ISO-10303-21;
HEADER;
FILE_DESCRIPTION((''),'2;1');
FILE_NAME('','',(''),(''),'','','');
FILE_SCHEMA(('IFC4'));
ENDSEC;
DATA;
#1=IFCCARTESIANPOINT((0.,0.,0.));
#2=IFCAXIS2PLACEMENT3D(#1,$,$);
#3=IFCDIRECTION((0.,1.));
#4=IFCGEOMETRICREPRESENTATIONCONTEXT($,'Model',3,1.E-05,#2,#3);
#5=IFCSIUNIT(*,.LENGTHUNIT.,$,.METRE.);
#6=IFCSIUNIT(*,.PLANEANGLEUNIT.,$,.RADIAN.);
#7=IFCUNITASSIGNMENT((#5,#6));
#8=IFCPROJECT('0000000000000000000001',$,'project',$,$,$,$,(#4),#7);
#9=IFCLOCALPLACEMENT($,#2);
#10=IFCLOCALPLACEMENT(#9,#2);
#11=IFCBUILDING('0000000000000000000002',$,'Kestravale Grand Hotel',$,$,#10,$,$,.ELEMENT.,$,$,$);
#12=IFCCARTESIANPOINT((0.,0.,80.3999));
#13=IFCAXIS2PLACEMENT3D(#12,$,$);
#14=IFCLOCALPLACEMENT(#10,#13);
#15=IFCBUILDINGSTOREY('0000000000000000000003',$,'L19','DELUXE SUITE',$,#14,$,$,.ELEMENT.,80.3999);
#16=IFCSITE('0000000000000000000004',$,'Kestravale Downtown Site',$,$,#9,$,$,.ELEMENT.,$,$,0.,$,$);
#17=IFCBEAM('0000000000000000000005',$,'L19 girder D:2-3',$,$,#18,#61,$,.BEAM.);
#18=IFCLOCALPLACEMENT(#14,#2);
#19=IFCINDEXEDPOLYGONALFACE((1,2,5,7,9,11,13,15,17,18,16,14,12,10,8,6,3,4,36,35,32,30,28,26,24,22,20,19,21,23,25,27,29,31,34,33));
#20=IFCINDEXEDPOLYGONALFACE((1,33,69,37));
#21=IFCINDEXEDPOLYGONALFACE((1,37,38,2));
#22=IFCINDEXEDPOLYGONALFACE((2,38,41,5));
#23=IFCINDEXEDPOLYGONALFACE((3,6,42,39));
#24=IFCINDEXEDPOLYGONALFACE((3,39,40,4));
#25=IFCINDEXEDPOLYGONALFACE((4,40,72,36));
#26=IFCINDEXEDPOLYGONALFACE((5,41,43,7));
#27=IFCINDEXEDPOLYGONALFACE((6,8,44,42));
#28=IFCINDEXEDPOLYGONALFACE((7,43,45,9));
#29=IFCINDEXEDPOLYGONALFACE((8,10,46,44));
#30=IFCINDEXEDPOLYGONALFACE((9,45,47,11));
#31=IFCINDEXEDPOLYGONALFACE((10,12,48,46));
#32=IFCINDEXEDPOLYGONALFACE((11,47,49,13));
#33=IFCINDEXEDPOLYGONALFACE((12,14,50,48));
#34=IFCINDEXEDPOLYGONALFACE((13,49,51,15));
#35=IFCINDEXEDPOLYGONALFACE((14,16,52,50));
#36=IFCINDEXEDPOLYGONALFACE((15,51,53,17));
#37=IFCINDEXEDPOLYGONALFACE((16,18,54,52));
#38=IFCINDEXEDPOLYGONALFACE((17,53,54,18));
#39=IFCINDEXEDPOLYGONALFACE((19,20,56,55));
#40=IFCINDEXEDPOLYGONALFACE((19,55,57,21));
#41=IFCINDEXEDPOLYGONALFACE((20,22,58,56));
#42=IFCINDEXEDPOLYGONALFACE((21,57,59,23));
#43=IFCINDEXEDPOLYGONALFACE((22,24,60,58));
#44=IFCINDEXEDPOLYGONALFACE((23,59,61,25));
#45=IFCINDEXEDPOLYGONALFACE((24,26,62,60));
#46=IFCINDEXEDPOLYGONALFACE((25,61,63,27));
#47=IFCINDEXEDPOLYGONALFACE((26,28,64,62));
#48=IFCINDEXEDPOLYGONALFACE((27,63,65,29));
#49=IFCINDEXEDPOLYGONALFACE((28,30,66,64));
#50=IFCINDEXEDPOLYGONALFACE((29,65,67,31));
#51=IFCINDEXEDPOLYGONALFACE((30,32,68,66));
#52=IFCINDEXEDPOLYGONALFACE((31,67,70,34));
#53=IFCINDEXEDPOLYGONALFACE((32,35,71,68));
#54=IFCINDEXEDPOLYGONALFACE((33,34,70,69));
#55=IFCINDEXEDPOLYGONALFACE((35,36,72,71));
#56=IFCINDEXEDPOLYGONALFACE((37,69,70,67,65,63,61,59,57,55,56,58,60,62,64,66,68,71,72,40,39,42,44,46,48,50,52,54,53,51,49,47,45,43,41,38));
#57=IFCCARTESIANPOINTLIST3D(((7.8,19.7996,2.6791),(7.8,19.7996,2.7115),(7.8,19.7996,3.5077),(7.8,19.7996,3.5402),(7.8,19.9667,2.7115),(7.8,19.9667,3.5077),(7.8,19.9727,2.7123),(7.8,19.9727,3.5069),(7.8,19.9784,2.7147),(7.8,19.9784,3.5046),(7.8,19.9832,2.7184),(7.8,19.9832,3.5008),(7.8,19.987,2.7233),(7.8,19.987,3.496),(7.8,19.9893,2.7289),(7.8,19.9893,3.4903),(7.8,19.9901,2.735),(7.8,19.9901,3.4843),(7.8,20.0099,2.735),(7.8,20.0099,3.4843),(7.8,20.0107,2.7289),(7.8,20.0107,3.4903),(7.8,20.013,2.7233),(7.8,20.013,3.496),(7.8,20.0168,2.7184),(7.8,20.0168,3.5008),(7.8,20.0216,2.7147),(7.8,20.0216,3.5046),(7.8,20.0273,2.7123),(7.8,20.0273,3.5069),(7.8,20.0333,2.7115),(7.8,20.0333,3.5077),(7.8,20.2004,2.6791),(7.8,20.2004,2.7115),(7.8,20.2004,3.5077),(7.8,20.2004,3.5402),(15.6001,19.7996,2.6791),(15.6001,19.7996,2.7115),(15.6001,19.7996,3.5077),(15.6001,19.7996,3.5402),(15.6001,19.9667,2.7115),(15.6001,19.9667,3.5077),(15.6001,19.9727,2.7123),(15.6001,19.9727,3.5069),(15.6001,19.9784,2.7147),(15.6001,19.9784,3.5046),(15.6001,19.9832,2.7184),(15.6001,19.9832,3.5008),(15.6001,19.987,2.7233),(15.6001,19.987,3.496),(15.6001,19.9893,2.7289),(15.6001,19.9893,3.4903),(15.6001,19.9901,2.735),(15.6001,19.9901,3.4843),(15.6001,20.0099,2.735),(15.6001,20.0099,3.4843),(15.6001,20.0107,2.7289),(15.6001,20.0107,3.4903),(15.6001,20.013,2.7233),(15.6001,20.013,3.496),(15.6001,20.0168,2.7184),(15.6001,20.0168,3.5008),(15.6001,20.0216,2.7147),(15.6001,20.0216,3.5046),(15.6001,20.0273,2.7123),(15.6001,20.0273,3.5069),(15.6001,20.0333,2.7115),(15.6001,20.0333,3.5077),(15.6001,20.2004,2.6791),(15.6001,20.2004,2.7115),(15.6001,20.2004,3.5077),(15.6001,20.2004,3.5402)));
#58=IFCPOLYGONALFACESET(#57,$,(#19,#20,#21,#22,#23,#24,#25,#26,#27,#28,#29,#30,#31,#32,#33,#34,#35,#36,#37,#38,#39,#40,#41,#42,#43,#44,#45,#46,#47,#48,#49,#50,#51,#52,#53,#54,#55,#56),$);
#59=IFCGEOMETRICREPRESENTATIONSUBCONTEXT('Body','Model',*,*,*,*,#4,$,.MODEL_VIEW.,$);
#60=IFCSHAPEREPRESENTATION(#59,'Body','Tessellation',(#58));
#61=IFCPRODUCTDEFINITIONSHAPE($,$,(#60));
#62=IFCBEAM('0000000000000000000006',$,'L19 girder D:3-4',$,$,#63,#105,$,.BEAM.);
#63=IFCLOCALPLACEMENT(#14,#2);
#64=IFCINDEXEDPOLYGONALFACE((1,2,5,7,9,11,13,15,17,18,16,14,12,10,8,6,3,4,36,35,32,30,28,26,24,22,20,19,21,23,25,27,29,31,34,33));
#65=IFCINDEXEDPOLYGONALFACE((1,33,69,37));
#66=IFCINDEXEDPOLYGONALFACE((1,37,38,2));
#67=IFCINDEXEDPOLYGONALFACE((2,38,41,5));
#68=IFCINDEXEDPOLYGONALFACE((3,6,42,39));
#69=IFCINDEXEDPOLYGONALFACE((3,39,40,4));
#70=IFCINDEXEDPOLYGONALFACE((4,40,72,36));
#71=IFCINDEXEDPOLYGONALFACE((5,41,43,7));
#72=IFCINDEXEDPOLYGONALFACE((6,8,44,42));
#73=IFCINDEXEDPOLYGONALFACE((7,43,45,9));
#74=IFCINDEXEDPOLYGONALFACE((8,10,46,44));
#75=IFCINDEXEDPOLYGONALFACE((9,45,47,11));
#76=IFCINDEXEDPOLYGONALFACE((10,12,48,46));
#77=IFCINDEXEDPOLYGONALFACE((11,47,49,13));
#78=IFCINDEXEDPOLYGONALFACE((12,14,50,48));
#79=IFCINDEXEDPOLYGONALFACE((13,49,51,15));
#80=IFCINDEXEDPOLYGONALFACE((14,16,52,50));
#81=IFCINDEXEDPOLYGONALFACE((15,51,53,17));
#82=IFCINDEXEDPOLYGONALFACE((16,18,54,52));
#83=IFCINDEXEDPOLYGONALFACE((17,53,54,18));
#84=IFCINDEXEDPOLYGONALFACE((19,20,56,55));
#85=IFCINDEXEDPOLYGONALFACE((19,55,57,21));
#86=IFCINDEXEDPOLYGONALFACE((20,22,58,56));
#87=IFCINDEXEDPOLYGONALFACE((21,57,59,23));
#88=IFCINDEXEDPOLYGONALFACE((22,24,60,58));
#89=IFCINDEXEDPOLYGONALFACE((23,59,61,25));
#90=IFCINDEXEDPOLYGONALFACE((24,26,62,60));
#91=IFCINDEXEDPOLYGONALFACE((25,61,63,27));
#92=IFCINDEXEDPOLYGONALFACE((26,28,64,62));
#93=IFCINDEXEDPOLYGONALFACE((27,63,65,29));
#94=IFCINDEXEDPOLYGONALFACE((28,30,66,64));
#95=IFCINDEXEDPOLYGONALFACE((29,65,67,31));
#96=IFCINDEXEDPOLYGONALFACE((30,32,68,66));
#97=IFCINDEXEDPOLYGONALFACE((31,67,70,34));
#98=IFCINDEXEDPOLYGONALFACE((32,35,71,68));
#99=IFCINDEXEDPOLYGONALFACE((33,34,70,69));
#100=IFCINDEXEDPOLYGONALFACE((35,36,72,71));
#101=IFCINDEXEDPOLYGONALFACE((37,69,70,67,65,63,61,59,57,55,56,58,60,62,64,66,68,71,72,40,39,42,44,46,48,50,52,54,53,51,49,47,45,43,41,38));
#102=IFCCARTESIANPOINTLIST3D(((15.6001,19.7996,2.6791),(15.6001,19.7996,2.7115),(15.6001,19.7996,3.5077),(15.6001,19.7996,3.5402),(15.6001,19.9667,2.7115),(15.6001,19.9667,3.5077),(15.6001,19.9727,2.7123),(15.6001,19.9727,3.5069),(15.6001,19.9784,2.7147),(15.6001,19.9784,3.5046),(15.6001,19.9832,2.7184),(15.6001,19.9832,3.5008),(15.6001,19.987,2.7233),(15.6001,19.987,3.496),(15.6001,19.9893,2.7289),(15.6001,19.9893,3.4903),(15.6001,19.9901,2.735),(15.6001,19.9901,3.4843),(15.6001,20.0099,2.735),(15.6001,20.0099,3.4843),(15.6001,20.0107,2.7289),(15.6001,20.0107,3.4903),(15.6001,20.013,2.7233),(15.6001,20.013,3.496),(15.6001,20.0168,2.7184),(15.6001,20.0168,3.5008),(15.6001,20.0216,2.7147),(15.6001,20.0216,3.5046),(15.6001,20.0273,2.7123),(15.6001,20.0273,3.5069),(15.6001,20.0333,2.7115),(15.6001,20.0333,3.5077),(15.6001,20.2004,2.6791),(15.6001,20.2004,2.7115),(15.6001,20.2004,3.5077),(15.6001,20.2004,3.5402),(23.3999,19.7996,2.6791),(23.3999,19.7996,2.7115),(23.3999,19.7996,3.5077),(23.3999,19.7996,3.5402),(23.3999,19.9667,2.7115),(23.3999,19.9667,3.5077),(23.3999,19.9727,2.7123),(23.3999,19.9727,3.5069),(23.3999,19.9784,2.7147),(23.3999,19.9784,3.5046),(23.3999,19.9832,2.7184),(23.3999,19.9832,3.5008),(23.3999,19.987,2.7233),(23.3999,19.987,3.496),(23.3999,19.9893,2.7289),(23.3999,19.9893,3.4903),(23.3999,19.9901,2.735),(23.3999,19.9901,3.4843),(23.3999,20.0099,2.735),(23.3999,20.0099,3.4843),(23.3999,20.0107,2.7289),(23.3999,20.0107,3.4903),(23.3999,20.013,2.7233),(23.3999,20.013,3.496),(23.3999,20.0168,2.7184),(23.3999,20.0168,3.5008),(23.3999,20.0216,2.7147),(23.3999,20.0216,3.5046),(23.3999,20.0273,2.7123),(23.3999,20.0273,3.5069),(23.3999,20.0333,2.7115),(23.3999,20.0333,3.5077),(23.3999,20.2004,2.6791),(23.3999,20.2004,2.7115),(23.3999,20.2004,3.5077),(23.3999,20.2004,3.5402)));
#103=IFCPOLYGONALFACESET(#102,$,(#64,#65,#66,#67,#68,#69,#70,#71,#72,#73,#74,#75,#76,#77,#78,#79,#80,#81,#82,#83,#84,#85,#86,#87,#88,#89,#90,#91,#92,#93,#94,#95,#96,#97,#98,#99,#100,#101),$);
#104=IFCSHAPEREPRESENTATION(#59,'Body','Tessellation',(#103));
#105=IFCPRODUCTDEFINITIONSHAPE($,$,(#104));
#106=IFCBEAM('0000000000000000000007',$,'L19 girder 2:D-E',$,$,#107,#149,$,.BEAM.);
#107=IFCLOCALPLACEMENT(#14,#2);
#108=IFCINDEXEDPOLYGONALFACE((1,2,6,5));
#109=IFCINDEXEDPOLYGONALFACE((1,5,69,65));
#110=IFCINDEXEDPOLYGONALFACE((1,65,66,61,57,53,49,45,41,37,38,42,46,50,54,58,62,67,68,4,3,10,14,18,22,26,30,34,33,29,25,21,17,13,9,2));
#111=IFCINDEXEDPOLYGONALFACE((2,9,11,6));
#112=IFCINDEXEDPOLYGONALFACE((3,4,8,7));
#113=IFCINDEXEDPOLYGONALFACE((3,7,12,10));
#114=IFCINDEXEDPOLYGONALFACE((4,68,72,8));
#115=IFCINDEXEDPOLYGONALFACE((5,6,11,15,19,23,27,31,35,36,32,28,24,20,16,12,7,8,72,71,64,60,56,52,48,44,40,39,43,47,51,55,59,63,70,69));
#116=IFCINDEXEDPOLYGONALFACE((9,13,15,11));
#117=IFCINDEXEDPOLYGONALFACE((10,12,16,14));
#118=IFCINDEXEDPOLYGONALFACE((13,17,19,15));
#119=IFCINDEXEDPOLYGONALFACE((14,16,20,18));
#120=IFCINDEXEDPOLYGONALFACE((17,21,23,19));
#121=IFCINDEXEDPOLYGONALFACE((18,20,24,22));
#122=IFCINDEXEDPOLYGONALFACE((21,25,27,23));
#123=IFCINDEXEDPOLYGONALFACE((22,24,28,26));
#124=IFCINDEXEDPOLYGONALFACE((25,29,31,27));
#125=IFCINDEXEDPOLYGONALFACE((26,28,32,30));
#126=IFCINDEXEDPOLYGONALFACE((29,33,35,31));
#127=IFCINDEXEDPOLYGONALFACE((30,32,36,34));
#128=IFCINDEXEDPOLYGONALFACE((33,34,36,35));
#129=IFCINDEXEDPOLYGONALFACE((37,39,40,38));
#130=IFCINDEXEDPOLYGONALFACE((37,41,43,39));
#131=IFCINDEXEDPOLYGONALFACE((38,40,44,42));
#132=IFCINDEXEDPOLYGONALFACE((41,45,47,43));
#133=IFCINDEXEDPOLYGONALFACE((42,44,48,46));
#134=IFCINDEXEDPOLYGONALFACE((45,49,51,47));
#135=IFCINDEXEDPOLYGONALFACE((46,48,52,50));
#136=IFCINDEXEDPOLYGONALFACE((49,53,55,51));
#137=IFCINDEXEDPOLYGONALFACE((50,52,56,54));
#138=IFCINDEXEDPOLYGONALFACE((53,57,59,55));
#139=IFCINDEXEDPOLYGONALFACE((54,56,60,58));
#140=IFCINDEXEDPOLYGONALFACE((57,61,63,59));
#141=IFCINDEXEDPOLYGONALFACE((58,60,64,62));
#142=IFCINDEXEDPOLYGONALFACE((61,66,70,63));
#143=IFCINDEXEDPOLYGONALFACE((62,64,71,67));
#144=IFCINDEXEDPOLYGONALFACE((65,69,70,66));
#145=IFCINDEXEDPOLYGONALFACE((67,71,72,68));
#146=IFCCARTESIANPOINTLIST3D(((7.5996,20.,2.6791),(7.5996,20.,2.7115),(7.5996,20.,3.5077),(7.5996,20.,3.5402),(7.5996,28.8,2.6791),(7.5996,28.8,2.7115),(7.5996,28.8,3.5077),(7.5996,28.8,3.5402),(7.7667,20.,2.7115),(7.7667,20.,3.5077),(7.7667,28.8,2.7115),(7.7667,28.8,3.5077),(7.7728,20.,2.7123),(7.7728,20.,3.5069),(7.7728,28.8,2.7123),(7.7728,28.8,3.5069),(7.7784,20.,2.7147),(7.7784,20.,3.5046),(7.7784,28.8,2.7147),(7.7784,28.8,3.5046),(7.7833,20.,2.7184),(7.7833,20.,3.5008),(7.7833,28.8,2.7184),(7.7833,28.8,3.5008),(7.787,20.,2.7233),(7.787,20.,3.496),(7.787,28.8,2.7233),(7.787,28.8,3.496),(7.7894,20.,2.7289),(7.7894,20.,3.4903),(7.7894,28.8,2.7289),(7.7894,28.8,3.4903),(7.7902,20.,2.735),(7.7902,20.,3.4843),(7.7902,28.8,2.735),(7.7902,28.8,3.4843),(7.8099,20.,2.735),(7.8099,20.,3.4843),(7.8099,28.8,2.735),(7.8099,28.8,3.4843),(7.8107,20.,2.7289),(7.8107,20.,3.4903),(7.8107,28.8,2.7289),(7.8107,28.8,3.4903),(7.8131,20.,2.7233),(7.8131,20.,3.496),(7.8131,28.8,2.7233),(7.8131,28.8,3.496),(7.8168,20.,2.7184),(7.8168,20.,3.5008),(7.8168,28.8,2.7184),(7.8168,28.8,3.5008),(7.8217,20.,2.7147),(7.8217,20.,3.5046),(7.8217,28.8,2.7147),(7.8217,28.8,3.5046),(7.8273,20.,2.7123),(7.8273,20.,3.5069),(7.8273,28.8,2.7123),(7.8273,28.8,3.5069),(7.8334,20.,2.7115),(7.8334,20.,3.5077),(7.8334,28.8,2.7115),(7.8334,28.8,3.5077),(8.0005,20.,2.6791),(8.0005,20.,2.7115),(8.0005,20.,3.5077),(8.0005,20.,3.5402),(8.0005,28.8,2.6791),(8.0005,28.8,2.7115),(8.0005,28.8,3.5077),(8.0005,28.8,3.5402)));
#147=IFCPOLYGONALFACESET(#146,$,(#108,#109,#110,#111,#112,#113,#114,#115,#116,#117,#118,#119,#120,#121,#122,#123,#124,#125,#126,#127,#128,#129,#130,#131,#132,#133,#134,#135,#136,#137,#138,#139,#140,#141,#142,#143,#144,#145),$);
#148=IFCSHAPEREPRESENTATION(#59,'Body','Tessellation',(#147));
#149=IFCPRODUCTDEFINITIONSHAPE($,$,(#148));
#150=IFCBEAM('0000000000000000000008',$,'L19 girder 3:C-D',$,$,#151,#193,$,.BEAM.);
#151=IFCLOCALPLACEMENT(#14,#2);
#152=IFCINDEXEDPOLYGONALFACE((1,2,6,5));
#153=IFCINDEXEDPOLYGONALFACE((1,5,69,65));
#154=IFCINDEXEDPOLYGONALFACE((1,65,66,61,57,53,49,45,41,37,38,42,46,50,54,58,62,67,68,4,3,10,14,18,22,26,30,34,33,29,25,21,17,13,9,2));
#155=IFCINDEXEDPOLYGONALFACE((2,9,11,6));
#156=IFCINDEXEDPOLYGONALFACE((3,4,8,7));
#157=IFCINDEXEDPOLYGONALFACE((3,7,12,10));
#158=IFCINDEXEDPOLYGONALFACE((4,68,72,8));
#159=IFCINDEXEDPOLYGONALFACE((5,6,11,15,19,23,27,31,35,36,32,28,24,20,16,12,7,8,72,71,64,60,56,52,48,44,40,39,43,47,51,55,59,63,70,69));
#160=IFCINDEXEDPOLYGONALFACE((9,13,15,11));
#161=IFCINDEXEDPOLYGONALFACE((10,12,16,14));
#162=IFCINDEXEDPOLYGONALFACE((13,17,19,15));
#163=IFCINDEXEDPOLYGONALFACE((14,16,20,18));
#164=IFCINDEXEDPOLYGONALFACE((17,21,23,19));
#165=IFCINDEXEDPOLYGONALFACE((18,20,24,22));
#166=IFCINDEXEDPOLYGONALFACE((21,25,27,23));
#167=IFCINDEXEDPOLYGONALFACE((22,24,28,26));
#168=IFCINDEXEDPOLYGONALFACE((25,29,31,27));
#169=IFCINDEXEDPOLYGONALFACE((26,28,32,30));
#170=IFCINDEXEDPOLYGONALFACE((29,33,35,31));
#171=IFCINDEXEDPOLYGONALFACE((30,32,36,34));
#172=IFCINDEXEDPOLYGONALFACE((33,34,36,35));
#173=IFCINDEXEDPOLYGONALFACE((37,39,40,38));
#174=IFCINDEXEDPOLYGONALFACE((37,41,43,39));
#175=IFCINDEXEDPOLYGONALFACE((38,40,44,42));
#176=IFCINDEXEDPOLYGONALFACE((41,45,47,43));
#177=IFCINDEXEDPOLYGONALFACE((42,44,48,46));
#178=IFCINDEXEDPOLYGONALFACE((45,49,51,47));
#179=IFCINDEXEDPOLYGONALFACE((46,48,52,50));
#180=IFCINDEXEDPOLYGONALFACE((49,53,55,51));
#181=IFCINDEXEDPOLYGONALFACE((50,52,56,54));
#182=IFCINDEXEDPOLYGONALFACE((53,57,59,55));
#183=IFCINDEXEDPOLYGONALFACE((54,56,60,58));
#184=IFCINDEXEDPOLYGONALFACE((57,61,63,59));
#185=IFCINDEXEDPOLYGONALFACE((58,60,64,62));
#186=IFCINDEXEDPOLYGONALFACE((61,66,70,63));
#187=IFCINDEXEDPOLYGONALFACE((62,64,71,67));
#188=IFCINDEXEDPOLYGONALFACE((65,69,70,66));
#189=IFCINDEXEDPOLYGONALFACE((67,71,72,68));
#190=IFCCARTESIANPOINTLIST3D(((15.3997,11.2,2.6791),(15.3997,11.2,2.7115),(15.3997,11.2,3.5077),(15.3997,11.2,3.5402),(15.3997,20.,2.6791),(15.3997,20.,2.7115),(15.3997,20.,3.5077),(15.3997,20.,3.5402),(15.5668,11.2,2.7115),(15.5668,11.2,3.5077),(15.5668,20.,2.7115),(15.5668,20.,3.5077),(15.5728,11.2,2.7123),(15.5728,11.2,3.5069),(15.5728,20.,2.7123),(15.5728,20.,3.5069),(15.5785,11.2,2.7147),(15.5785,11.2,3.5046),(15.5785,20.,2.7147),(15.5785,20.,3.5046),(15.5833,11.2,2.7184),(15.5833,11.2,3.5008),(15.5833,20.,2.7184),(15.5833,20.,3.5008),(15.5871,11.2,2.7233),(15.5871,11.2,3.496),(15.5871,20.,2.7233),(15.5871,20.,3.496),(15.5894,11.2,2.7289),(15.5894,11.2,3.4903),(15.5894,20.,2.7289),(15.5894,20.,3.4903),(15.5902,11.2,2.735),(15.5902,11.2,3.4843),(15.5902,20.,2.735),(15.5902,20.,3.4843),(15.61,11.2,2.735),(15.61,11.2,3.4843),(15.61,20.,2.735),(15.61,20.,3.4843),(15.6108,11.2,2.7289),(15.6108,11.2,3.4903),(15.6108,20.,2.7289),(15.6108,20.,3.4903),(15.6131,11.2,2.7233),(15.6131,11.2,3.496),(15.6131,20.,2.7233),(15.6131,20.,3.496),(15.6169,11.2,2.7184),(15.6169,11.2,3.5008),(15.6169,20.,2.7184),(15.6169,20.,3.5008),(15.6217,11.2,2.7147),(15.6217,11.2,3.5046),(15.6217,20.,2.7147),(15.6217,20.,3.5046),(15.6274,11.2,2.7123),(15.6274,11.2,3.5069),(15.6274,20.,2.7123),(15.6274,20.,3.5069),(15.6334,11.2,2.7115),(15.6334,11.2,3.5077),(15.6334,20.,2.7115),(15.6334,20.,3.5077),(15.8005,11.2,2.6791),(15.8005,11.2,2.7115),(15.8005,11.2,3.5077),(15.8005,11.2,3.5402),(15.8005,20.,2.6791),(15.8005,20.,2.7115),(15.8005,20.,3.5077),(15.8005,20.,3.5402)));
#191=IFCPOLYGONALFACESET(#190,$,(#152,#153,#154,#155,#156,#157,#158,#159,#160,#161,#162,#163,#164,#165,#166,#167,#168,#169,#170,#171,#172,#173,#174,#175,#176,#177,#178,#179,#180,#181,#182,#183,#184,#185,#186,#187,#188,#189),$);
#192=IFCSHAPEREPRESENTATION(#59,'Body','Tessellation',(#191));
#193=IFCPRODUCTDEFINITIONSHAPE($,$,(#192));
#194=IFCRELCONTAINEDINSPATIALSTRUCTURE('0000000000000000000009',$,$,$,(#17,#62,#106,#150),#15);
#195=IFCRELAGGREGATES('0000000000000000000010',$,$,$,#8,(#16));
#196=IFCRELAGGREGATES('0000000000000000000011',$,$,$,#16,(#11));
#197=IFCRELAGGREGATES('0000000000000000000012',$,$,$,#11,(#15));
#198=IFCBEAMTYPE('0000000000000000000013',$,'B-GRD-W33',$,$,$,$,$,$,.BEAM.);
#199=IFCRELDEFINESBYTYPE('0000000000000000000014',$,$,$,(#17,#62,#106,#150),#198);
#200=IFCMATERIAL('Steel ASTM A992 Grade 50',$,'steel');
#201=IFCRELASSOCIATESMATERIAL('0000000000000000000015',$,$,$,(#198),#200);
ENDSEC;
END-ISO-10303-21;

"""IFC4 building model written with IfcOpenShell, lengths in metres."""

from ifc_helpers import new_model, si_unit, direction, frame, origin, origin_2d, place, context, subcontext, project, spatial, i_section, extrude, material, material_profile, profile_set, type_object, element, save


model = new_model("IFC4")

# Units and contexts
model_context = context("Model", 3, precision=1e-05, world=origin(), true_north=direction((0.0, 1.0)))
body_context = subcontext(model_context, "Body", "Model", "MODEL_VIEW")
ifc_project = project(units=[si_unit("LENGTHUNIT", "METRE"), si_unit("PLANEANGLEUNIT", "RADIAN")], contexts=[model_context])

# Site, building, storey
site_placement = place(None, origin())
site = spatial("IfcSite", under=ifc_project, at=site_placement, Name="Kestravale Downtown Site", CompositionType="ELEMENT", RefElevation=0.0)
building_placement = place(site_placement, origin())
building = spatial("IfcBuilding", under=site, at=building_placement, Name="Kestravale Grand Hotel", CompositionType="ELEMENT")
storey_placement = place(building_placement, frame((0.0, 0.0, 80.3999)))
storey = spatial("IfcBuildingStorey", under=building, at=storey_placement, Name="L19", Description="DELUXE SUITE", CompositionType="ELEMENT", Elevation=80.3999)

# Beams
ifc_material_1 = material(Name="Steel ASTM A992 Grade 50", Category="steel")
ifc_material_profile_1 = material_profile(ifc_material_1, i_section(OverallWidth=0.4009, OverallDepth=0.8611, WebThickness=0.0198, FlangeThickness=0.0325, FilletRadius=0.0234, at=origin_2d()))
ifc_profile_set_1 = profile_set([ifc_material_profile_1], Name="Steel ASTM A992 Grade 50")
beam_type_1 = type_object("IfcBeamType", Name="B-GRD-W33", PredefinedType="BEAM", material=ifc_profile_set_1)
beam_1_placement = place(storey_placement, frame((7.8, 20.0, 3.1096), z_axis=(1.0, 0.0, 0.0), x_axis=(0.0, 1.0, 0.0)))
element("IfcBeam", 1, at=beam_1_placement, inside=storey, type_object=beam_type_1, Name="L19 girder D:2-3", PredefinedType="BEAM", context=body_context, shape_type="SweptSolid", body=[
    extrude(i_section(OverallWidth=0.4009, OverallDepth=0.8611, WebThickness=0.0198, FlangeThickness=0.0325, FilletRadius=0.0234, at=origin_2d()), origin(), (0.0, 0.0, 1.0), 7.8),
])
beam_2_placement = place(storey_placement, frame((15.6001, 20.0, 3.1096), z_axis=(1.0, 0.0, 0.0), x_axis=(0.0, 1.0, 0.0)))
element("IfcBeam", 2, at=beam_2_placement, inside=storey, type_object=beam_type_1, Name="L19 girder D:3-4", PredefinedType="BEAM", context=body_context, shape_type="SweptSolid", body=[
    extrude(i_section(OverallWidth=0.4009, OverallDepth=0.8611, WebThickness=0.0198, FlangeThickness=0.0325, FilletRadius=0.0234, at=origin_2d()), origin(), (0.0, 0.0, 1.0), 7.7998),
])
for number, where, z_axis, x_axis, name in (
    (3, (7.8, 20.0, 3.1096), (0.0, 1.0, 0.0), (-1.0, 0.0, 0.0), "L19 girder 2:D-E"),
    (4, (15.6001, 11.2, 3.1096), (0.0, 1.0, 0.0), (-1.0, 0.0, 0.0), "L19 girder 3:C-D"),
):
    element("IfcBeam", number, at=place(storey_placement, frame(where, z_axis=z_axis, x_axis=x_axis)), inside=storey, type_object=beam_type_1, Name=name, PredefinedType="BEAM", context=body_context, shape_type="SweptSolid", body=[
        extrude(i_section(OverallWidth=0.4009, OverallDepth=0.8611, WebThickness=0.0198, FlangeThickness=0.0325, FilletRadius=0.0234, at=origin_2d()), origin(), (0.0, 0.0, 1.0), 8.8),
    ])

save(model, "model.ifc")
